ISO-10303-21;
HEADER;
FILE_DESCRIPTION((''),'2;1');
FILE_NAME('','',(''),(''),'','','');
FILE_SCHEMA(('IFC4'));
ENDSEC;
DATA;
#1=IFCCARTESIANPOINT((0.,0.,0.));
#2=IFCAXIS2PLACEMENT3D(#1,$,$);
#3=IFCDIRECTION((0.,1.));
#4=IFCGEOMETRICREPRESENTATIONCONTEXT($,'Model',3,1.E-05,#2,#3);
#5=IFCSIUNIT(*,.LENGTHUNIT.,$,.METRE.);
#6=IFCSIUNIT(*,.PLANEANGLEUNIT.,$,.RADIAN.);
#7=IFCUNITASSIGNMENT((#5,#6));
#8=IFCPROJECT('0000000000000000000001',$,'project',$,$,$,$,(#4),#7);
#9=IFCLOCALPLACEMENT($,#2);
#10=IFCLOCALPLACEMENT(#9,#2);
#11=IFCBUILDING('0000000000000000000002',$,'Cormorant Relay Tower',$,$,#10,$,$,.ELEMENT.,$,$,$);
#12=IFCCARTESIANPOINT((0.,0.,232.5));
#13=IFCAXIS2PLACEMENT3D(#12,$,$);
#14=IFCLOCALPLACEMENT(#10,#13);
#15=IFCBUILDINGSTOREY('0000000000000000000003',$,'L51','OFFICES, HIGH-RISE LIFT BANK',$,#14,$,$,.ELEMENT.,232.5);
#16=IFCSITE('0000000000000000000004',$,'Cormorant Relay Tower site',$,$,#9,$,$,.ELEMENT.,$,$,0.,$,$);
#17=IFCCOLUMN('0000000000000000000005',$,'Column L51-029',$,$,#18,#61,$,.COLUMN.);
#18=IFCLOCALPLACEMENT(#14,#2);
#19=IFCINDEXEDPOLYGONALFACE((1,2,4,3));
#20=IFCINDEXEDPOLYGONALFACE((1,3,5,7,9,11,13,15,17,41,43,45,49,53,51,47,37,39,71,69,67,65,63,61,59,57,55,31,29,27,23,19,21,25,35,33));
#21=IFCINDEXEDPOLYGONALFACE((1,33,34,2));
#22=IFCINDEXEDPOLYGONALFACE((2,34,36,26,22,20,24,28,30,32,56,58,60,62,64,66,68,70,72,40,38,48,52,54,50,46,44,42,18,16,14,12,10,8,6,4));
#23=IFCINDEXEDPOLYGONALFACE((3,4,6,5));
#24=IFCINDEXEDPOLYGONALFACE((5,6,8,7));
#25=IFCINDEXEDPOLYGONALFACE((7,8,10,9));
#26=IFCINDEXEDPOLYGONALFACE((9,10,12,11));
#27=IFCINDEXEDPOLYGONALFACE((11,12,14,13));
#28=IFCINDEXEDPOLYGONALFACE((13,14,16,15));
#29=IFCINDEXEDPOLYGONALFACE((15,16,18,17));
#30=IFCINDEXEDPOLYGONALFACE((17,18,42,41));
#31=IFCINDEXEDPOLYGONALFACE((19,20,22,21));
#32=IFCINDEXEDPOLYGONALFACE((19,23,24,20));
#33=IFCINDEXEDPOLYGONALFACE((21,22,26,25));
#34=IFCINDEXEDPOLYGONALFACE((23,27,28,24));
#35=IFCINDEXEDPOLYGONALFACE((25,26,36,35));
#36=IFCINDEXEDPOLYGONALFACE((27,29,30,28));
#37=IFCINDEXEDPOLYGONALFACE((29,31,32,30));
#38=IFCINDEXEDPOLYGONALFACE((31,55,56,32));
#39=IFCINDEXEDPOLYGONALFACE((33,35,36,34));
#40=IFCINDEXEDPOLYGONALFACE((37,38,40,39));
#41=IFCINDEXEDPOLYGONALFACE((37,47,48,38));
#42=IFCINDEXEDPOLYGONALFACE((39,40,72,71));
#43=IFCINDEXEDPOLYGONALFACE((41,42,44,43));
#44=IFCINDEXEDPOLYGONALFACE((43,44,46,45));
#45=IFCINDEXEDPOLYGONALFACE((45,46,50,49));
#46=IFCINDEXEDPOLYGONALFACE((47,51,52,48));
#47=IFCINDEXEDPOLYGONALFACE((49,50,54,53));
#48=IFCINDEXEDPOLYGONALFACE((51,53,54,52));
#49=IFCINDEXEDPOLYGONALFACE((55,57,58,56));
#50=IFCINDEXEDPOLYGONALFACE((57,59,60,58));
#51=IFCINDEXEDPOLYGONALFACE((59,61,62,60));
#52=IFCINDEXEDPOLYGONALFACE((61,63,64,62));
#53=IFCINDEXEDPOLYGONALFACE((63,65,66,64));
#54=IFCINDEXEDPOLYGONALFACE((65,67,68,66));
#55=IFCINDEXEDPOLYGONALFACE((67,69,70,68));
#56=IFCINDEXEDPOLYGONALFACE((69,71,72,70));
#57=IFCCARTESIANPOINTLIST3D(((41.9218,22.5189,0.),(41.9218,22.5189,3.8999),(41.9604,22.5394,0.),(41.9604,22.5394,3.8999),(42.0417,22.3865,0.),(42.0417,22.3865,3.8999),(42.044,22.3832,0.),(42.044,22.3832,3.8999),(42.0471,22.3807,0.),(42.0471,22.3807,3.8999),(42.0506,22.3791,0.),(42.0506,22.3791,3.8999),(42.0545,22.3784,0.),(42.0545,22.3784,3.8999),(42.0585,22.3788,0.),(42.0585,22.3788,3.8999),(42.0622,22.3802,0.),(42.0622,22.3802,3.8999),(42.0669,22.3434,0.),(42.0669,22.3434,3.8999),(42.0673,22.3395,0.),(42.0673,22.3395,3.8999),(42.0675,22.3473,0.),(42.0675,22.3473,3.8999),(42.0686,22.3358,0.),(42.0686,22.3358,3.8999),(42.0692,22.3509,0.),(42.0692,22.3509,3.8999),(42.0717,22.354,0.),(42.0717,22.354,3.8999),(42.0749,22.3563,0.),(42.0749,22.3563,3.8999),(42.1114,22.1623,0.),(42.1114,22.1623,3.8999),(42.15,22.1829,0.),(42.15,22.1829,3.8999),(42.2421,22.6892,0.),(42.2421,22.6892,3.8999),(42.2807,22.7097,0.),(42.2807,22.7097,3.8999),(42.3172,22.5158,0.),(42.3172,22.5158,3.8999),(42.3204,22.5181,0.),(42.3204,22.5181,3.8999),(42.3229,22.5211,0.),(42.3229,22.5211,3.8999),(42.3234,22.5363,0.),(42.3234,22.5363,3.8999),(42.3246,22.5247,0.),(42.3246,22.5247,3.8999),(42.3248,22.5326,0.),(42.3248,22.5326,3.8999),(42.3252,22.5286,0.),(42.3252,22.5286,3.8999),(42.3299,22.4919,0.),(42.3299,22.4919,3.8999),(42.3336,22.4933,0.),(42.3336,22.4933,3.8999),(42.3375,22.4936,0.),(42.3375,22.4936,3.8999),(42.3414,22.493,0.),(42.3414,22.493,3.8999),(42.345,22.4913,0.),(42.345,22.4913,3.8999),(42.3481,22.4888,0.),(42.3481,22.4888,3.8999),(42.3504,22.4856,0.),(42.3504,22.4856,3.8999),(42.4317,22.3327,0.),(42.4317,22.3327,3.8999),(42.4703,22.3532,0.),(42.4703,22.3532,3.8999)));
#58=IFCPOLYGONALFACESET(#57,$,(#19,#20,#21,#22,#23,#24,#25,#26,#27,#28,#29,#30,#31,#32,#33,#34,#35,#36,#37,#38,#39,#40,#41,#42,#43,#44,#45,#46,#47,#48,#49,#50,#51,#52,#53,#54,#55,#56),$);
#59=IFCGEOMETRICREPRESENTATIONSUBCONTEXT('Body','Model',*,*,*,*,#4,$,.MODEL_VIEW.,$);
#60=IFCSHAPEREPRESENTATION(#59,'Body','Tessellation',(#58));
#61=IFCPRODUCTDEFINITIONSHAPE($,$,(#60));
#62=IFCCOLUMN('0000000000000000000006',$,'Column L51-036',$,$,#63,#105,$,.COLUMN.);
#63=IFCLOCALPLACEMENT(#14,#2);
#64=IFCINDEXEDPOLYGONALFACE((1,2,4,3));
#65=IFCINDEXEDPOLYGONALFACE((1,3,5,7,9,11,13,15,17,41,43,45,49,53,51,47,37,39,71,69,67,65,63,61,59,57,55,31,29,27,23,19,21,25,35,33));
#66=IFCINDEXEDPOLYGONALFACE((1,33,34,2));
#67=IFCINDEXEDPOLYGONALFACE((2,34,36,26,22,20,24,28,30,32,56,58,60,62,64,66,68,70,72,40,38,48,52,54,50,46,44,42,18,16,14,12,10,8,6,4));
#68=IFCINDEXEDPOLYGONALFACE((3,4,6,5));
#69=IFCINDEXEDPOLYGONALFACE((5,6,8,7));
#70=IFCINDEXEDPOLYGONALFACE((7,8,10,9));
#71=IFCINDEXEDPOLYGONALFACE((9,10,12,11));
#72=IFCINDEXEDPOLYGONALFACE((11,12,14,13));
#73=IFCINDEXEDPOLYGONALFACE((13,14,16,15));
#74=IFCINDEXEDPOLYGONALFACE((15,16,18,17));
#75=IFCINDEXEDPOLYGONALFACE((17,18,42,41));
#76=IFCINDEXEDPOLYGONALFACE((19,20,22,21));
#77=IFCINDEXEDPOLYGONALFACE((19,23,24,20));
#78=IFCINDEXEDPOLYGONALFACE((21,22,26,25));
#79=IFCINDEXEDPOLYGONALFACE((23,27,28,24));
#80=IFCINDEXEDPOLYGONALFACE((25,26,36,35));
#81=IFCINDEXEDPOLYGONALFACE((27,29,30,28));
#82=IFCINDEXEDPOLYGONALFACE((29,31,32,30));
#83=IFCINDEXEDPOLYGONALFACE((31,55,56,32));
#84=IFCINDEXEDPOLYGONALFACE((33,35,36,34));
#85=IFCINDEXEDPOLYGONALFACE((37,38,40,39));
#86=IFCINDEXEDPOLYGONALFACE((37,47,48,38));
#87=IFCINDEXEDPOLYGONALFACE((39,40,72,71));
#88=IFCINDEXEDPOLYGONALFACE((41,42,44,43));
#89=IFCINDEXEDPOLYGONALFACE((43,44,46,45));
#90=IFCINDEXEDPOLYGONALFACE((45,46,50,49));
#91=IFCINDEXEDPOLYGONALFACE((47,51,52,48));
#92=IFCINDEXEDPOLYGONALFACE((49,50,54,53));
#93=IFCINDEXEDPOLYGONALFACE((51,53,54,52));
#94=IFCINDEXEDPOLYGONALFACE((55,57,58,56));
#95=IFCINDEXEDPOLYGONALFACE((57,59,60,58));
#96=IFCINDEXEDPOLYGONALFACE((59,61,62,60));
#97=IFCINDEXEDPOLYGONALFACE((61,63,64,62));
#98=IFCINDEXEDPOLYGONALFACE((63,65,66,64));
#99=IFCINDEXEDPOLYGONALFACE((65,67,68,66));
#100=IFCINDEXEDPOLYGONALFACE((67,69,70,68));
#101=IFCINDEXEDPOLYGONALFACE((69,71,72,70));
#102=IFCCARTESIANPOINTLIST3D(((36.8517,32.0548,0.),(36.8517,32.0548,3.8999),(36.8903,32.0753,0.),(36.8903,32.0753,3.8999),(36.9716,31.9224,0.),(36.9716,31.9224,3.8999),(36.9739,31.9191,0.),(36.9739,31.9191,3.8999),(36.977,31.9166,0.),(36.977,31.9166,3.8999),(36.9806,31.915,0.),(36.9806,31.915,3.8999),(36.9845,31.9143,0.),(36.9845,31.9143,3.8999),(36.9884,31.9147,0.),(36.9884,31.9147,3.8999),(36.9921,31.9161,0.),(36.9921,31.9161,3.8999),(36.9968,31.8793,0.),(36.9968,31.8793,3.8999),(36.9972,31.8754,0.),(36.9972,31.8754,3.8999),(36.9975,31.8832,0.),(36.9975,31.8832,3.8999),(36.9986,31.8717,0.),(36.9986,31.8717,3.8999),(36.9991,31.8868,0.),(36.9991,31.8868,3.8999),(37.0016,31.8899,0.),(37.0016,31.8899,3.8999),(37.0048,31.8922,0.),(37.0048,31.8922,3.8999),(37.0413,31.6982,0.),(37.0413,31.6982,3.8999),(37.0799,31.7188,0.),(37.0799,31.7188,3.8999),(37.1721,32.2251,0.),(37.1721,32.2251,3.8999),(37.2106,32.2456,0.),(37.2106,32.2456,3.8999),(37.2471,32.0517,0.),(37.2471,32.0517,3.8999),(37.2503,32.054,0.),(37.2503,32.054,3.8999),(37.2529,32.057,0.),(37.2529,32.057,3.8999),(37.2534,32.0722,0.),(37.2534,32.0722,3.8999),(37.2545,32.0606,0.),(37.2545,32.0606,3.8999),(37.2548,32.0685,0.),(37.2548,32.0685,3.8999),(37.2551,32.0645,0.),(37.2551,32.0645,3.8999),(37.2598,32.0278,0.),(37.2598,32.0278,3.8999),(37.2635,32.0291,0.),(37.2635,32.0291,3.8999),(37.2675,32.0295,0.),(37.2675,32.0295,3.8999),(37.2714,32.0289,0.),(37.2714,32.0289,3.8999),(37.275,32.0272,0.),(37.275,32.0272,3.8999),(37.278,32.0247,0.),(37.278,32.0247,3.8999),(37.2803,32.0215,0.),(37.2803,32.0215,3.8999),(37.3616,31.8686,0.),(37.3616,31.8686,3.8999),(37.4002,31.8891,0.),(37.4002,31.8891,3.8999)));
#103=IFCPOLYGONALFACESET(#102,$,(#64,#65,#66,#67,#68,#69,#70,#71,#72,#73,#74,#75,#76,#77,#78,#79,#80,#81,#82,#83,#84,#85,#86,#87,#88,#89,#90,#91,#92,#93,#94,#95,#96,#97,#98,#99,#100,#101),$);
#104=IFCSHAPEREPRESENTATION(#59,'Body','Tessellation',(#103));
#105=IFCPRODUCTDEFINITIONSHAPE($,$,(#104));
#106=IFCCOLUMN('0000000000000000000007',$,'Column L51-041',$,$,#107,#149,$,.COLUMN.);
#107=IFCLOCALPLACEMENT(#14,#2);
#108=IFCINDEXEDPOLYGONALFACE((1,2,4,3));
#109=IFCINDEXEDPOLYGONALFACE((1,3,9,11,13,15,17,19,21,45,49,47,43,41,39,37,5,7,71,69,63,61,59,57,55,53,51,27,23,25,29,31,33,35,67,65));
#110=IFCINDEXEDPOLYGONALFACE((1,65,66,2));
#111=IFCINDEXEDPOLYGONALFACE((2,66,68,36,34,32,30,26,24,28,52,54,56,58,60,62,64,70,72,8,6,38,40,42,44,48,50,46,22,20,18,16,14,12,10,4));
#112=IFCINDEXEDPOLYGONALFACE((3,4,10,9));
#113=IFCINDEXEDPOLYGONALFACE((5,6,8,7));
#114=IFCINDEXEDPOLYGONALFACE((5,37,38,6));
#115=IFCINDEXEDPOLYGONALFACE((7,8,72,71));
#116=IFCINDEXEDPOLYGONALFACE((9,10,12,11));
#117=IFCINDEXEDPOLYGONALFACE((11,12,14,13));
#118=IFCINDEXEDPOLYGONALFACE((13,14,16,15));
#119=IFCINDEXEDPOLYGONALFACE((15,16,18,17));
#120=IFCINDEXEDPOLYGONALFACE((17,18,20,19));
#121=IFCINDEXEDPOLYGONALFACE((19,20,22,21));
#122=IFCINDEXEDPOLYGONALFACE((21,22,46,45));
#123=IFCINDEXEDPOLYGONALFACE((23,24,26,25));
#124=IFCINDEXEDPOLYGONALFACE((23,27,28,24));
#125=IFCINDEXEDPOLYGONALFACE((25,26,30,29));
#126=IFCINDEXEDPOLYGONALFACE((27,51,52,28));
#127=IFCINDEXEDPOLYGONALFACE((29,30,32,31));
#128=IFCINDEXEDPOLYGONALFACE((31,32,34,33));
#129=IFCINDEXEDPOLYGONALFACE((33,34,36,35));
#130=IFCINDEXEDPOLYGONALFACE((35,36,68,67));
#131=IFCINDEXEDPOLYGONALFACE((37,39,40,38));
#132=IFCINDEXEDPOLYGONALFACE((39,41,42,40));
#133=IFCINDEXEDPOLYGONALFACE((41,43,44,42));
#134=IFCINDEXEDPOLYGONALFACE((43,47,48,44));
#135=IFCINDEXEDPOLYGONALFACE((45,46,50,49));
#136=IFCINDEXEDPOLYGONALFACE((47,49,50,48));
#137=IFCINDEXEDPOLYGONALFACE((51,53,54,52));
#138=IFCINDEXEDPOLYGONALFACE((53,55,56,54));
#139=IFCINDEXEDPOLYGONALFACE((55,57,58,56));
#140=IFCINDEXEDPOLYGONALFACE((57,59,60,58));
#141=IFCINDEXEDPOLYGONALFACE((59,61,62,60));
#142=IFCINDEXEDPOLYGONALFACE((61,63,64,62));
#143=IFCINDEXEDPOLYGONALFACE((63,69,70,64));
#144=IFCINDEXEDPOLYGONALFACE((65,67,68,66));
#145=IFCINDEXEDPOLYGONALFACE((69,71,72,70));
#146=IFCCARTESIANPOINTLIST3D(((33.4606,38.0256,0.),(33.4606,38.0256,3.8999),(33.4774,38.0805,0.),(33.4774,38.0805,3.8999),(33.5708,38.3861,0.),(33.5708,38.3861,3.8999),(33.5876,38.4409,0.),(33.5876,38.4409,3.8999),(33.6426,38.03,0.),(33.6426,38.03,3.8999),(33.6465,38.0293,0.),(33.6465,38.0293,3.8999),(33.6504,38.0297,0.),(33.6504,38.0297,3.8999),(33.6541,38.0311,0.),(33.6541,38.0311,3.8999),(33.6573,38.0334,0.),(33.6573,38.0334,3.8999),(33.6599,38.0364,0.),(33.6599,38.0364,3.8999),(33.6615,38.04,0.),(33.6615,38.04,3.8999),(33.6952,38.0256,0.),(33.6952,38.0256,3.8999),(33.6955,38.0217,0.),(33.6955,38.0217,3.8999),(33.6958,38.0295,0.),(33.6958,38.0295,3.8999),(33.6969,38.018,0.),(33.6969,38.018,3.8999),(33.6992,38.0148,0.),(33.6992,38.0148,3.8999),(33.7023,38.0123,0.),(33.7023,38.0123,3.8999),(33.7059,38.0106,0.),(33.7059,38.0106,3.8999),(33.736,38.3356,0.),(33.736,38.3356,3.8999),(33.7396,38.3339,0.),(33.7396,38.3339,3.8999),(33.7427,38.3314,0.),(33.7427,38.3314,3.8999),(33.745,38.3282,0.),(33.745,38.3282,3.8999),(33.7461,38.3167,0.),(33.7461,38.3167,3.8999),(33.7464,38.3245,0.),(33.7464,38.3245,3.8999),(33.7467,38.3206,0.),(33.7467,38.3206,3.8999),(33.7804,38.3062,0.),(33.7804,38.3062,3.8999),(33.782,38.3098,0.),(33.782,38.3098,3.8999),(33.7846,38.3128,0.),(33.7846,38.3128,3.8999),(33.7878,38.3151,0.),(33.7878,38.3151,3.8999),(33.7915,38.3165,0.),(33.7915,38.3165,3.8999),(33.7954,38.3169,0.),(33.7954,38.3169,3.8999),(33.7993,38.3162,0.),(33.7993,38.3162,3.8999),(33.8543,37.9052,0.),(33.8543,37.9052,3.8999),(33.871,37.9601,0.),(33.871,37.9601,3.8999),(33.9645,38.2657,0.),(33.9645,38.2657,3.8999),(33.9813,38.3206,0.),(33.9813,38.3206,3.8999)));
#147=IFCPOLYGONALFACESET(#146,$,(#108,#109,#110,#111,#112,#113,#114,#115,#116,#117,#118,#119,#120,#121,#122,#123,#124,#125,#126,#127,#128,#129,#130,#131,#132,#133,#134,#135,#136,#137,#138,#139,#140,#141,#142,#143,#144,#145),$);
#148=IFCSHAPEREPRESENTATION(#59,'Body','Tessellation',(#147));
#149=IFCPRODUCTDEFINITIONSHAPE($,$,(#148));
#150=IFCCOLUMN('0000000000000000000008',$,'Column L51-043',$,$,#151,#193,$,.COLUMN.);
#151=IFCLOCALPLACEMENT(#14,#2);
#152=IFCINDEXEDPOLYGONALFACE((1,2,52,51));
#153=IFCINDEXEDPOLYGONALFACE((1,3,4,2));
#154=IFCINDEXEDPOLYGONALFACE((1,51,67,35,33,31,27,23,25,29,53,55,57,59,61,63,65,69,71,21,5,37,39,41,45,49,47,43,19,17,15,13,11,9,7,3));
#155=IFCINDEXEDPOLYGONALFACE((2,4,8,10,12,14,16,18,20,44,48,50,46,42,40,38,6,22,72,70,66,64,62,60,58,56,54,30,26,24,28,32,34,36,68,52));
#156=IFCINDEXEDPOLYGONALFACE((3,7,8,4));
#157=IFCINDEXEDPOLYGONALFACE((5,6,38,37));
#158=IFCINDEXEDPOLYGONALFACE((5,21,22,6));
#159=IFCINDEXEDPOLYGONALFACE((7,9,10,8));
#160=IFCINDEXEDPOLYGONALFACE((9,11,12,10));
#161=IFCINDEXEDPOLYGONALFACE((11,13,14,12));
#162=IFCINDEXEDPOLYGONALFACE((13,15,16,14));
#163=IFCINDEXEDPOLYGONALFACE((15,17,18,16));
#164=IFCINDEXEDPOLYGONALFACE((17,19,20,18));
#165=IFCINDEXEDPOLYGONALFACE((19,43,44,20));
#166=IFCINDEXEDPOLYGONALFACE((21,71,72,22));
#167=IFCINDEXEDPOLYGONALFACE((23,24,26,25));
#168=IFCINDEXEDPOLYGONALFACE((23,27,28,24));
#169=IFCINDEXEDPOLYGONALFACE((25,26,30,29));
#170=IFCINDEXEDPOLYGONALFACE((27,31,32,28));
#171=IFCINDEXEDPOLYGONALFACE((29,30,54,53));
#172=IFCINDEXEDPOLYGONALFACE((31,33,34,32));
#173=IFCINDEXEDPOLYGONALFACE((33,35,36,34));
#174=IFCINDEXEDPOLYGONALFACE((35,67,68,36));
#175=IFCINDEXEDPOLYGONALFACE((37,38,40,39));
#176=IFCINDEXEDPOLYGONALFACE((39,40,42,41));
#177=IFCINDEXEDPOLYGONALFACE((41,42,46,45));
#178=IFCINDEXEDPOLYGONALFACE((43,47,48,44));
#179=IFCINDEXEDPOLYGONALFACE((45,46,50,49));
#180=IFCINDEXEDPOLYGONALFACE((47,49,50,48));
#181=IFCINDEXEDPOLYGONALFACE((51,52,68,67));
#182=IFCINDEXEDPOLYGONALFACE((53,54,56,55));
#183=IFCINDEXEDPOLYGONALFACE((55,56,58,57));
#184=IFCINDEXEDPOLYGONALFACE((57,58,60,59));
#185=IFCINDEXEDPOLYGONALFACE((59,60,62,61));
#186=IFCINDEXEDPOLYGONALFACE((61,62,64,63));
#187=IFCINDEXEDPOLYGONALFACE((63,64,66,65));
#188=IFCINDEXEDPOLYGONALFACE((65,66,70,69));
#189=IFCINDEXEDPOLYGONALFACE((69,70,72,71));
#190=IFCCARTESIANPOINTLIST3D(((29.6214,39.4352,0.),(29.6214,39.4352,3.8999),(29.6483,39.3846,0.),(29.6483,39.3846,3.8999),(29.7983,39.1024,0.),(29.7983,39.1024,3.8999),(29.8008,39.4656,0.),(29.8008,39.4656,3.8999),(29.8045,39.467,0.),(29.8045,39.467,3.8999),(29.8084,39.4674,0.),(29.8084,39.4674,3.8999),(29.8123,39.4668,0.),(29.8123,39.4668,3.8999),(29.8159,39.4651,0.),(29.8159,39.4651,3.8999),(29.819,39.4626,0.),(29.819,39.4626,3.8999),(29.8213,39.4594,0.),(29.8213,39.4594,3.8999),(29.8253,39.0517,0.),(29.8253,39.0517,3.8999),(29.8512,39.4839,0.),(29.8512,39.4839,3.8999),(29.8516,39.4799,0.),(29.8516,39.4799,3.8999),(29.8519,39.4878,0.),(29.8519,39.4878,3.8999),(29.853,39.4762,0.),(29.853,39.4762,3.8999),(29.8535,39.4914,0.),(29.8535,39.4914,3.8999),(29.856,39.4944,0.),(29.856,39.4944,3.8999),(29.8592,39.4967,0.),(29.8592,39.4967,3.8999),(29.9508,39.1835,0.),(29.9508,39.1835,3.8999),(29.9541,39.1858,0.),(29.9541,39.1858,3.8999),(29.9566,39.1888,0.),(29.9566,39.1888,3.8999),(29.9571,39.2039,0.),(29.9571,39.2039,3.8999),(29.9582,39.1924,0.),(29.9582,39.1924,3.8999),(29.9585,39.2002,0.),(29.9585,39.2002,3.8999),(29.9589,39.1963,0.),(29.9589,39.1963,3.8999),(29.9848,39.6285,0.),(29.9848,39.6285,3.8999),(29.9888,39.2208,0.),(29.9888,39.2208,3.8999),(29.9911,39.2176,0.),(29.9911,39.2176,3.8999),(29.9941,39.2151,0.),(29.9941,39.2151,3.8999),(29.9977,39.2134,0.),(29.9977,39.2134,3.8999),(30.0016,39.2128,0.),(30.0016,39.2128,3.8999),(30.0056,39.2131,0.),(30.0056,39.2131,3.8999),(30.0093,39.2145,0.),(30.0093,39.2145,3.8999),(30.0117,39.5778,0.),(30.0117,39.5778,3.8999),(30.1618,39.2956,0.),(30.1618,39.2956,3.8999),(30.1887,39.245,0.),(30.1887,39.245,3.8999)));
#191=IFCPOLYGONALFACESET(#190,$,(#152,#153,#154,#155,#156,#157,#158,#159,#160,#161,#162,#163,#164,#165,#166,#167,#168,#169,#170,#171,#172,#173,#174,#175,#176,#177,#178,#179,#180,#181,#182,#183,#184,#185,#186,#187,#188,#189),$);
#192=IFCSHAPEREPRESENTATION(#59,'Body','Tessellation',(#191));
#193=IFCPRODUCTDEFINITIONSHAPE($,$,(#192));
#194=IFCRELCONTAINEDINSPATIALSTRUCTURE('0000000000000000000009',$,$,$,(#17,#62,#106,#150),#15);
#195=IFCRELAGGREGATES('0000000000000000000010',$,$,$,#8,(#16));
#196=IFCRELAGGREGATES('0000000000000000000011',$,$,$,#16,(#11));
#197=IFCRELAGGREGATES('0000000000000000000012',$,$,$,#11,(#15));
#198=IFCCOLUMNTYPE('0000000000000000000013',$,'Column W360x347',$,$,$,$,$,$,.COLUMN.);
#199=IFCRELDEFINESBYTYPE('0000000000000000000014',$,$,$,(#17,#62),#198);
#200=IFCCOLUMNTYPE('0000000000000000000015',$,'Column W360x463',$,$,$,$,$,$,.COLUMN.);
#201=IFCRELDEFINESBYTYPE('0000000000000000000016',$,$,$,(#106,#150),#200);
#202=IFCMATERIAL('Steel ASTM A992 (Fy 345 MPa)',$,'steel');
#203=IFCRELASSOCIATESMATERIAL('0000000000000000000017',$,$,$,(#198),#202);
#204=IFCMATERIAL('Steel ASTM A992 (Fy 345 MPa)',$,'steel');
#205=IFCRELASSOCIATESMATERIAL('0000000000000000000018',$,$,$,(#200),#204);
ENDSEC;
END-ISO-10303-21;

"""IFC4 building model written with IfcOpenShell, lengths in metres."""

from ifc_helpers import new_model, si_unit, direction, frame, origin, origin_2d, place, context, subcontext, project, spatial, i_section, extrude, material, material_profile, profile_set, type_object, element, save


model = new_model("IFC4")

# Units and contexts
model_context = context("Model", 3, precision=1e-05, world=origin(), true_north=direction((0.0, 1.0)))
body_context = subcontext(model_context, "Body", "Model", "MODEL_VIEW")
ifc_project = project(units=[si_unit("LENGTHUNIT", "METRE"), si_unit("PLANEANGLEUNIT", "RADIAN")], contexts=[model_context])

# Site, building, storey
site_placement = place(None, origin())
site = spatial("IfcSite", under=ifc_project, at=site_placement, Name="Cormorant Relay Tower site", CompositionType="ELEMENT", RefElevation=0.0)
building_placement = place(site_placement, origin())
building = spatial("IfcBuilding", under=site, at=building_placement, Name="Cormorant Relay Tower", CompositionType="ELEMENT")
storey_placement = place(building_placement, frame((0.0, 0.0, 232.5)))
storey = spatial("IfcBuildingStorey", under=building, at=storey_placement, Name="L51", Description="OFFICES, HIGH-RISE LIFT BANK", CompositionType="ELEMENT", Elevation=232.5)

# Columns
ifc_material_1 = material(Name="Steel ASTM A992 (Fy 345 MPa)", Category="steel")
ifc_material_profile_1 = material_profile(ifc_material_1, i_section(OverallWidth=0.4038, OverallDepth=0.4065, WebThickness=0.0271, FlangeThickness=0.0437, FilletRadius=0.0151, at=origin_2d()), Name="W360x347")
ifc_profile_set_1 = profile_set([ifc_material_profile_1], Name="Steel ASTM A992 (Fy 345 MPa)")
column_type_1 = type_object("IfcColumnType", Name="Column W360x347", PredefinedType="COLUMN", material=ifc_profile_set_1)
for number, where, z_axis, x_axis, name in (
    (1, (42.196, 22.436, 0.0), (0.0, 0.0, 1.0), (-0.469472, 0.882948, 0.0), "Column L51-029"),
    (2, (37.126, 31.9719, 0.0), (0.0, 0.0, 1.0), (-0.469472, 0.882948, 0.0), "Column L51-036"),
):
    element("IfcColumn", number, at=place(storey_placement, frame(where, z_axis=z_axis, x_axis=x_axis)), inside=storey, type_object=column_type_1, Name=name, PredefinedType="COLUMN", context=body_context, shape_type="SweptSolid", body=[
        extrude(i_section(OverallWidth=0.4038, OverallDepth=0.4065, WebThickness=0.0271, FlangeThickness=0.0437, FilletRadius=0.0151, at=origin_2d()), origin(), (0.0, 0.0, 1.0), 3.8999),
    ])
ifc_material_2 = material(Name="Steel ASTM A992 (Fy 345 MPa)", Category="steel")
ifc_material_profile_2 = material_profile(ifc_material_2, i_section(OverallWidth=0.4116, OverallDepth=0.4343, WebThickness=0.0359, FlangeThickness=0.0574, FilletRadius=0.0151, at=origin_2d()), Name="W360x463")
ifc_profile_set_2 = profile_set([ifc_material_profile_2], Name="Steel ASTM A992 (Fy 345 MPa)")
column_type_2 = type_object("IfcColumnType", Name="Column W360x463", PredefinedType="COLUMN", material=ifc_profile_set_2)
for number, where, z_axis, x_axis, name in (
    (3, (33.7209, 38.1731, 0.0), (0.0, 0.0, 1.0), (-0.956305, 0.292372, 0.0), "Column L51-041"),
    (4, (29.905, 39.3401, 0.0), (0.0, 0.0, 1.0), (-0.882948, -0.469472, 0.0), "Column L51-043"),
):
    element("IfcColumn", number, at=place(storey_placement, frame(where, z_axis=z_axis, x_axis=x_axis)), inside=storey, type_object=column_type_2, Name=name, PredefinedType="COLUMN", context=body_context, shape_type="SweptSolid", body=[
        extrude(i_section(OverallWidth=0.4116, OverallDepth=0.4343, WebThickness=0.0359, FlangeThickness=0.0574, FilletRadius=0.0151, at=origin_2d()), origin(), (0.0, 0.0, 1.0), 3.8999),
    ])

save(model, "model.ifc")
